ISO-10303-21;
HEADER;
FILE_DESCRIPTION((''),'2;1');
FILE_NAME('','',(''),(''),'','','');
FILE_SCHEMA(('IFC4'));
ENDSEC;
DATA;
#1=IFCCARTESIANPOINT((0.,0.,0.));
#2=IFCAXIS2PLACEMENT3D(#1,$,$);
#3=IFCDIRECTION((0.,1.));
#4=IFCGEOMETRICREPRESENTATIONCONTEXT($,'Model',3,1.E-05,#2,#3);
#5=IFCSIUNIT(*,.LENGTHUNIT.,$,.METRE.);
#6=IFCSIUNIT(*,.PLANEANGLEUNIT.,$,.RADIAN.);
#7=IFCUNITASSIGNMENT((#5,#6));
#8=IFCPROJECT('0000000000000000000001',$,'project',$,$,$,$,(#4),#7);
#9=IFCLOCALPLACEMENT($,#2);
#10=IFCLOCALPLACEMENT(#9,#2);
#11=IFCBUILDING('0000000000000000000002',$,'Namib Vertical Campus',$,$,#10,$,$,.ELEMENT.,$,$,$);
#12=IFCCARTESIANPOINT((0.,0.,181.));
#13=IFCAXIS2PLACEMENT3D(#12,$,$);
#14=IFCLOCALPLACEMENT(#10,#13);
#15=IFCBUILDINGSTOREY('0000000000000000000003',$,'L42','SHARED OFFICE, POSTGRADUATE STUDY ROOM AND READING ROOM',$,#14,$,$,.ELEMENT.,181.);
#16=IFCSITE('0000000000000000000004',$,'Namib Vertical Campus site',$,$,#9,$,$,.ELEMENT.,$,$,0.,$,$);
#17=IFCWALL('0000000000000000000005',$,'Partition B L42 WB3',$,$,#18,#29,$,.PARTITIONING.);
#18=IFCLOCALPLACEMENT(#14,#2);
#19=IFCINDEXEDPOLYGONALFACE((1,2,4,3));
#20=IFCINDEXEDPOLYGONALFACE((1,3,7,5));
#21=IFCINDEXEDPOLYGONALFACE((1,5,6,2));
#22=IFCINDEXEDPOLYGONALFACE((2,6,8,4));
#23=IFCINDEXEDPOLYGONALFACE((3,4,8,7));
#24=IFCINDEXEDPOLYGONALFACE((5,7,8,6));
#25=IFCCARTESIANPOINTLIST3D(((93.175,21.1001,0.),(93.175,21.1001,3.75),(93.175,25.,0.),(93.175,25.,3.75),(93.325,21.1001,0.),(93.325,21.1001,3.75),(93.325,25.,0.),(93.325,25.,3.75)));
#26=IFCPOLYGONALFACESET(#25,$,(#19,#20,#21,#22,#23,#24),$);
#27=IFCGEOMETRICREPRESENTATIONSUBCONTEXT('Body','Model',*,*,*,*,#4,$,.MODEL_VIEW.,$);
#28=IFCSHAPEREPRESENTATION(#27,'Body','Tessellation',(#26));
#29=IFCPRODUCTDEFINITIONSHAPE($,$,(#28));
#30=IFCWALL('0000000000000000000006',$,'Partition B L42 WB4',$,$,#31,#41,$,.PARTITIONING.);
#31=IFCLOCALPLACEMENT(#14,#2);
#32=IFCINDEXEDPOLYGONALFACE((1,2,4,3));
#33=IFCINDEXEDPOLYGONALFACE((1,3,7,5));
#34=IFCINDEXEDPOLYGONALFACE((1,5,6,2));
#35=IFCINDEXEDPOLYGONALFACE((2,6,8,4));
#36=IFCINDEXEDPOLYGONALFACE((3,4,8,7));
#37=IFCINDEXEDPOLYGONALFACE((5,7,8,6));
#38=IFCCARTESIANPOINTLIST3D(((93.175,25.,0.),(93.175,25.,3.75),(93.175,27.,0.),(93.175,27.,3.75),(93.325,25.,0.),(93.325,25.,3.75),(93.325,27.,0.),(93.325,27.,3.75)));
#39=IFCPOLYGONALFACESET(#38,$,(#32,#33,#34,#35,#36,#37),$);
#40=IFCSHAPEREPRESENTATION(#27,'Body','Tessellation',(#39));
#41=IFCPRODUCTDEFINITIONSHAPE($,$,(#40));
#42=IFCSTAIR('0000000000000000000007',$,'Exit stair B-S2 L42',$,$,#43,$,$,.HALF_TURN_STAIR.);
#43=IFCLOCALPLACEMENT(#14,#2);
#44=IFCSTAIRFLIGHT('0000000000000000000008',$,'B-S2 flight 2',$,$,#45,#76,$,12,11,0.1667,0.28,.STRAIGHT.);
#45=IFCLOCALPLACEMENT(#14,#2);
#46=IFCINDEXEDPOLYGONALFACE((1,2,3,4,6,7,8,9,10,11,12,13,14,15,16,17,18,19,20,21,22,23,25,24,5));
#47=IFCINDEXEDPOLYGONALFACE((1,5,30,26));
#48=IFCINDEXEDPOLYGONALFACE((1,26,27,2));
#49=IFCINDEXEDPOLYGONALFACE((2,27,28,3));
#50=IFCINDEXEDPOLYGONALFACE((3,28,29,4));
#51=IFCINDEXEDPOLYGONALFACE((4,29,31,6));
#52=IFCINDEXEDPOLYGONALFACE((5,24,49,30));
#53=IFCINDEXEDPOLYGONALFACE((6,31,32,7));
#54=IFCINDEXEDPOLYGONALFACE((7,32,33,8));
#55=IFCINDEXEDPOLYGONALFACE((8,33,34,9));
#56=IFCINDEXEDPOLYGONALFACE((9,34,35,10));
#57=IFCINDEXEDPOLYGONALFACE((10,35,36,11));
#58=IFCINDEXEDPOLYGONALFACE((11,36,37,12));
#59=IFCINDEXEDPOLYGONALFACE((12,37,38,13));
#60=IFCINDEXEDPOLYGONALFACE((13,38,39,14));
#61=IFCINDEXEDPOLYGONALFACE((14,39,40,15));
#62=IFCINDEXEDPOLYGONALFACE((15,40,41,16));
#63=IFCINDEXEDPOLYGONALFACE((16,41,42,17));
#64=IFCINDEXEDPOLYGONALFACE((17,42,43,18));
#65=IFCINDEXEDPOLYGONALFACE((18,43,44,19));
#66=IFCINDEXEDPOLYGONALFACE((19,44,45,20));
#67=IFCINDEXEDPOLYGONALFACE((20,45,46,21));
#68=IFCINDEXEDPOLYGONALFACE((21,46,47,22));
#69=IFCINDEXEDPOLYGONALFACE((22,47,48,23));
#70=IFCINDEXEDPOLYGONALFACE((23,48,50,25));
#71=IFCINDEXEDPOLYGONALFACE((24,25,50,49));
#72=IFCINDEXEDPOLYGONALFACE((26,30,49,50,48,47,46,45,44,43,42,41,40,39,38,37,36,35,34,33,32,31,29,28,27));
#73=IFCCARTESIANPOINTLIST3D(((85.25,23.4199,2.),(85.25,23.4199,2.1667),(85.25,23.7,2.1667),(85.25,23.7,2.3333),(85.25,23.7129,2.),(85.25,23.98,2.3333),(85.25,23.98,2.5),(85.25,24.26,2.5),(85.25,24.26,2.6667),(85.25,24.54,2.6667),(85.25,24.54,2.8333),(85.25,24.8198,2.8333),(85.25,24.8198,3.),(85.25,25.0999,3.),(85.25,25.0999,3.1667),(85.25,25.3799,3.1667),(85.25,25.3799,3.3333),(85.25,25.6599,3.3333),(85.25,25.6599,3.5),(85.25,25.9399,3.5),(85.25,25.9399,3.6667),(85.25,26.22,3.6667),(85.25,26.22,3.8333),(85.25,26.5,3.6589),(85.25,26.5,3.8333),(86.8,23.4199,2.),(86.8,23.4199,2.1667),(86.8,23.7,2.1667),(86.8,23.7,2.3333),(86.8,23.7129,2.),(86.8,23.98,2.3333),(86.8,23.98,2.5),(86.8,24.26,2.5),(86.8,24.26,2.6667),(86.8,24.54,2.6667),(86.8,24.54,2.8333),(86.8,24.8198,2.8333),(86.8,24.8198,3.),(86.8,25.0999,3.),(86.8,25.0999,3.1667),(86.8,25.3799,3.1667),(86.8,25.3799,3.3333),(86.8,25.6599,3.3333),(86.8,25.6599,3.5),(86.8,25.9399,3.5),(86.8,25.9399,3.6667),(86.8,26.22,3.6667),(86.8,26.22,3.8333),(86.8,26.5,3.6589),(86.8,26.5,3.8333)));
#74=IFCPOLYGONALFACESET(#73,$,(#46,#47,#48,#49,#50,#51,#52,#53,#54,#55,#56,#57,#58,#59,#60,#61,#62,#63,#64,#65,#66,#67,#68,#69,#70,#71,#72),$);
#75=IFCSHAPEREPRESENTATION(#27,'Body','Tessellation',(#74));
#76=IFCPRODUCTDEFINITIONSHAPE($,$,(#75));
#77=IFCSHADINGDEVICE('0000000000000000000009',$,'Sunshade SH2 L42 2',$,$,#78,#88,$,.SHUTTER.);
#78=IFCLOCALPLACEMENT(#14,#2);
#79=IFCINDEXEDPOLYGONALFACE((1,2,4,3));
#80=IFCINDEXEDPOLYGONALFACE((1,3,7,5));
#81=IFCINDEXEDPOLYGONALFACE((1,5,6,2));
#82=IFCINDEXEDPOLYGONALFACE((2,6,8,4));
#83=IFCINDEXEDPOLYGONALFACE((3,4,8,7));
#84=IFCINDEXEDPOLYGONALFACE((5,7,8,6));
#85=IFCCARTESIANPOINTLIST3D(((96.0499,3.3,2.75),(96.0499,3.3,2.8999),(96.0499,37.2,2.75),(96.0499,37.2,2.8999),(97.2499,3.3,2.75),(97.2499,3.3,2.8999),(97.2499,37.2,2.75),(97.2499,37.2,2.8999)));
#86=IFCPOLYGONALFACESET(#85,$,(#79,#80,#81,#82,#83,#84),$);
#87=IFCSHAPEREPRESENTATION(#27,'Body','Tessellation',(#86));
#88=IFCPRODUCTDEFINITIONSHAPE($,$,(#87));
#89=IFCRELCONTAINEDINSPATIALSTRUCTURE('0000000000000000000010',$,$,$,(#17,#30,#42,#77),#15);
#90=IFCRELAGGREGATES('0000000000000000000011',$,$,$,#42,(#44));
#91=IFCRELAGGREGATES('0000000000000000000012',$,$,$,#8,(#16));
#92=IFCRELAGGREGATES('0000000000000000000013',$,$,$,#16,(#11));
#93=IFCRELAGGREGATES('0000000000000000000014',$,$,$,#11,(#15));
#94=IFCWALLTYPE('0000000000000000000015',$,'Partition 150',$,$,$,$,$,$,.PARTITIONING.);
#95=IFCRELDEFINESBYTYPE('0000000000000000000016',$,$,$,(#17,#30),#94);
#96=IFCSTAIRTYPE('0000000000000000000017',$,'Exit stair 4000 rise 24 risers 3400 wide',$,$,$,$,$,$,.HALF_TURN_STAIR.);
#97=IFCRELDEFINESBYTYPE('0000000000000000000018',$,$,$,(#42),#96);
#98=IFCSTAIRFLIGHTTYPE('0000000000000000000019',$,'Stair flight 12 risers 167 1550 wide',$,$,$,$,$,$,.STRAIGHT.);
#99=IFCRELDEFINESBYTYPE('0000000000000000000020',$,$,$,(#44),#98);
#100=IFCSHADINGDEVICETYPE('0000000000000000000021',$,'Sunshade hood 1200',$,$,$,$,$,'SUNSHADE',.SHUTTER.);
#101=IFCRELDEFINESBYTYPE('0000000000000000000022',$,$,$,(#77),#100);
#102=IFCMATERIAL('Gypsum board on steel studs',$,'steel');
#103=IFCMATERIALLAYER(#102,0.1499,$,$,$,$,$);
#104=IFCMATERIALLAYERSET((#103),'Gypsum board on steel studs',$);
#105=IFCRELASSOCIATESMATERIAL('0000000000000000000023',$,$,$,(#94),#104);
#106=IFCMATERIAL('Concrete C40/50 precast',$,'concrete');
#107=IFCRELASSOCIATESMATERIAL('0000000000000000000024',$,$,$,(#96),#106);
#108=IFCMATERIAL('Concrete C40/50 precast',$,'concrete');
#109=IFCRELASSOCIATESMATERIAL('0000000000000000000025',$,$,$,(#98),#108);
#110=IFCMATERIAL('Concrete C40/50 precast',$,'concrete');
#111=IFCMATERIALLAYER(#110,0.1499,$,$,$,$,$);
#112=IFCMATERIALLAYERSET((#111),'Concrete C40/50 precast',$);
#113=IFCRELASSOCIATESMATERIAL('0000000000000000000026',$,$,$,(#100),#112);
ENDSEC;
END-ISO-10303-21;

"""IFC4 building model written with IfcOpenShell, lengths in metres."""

from ifc_helpers import new_model, si_unit, direction, frame, frame_2d, origin, origin_2d, place, context, subcontext, project, spatial, polyline, rectangle, outline, extrude, material, layer, layer_set, type_object, element, aggregate, save


model = new_model("IFC4")

# Units and contexts
model_context = context("Model", 3, precision=1e-05, world=origin(), true_north=direction((0.0, 1.0)))
body_context = subcontext(model_context, "Body", "Model", "MODEL_VIEW")
ifc_project = project(units=[si_unit("LENGTHUNIT", "METRE"), si_unit("PLANEANGLEUNIT", "RADIAN")], contexts=[model_context])

# Site, building, storey
site_placement = place(None, origin())
site = spatial("IfcSite", under=ifc_project, at=site_placement, Name="Namib Vertical Campus site", CompositionType="ELEMENT", RefElevation=0.0)
building_placement = place(site_placement, origin())
building = spatial("IfcBuilding", under=site, at=building_placement, Name="Namib Vertical Campus", CompositionType="ELEMENT")
storey_placement = place(building_placement, frame((0.0, 0.0, 181.0)))
storey = spatial("IfcBuildingStorey", under=building, at=storey_placement, Name="L42", Description="SHARED OFFICE, POSTGRADUATE STUDY ROOM AND READING ROOM", CompositionType="ELEMENT", Elevation=181.0)

# Walls
ifc_material_1 = material(Name="Gypsum board on steel studs", Category="steel")
ifc_layer_1 = layer(ifc_material_1, 0.1499)
ifc_layer_set_1 = layer_set([ifc_layer_1], Name="Gypsum board on steel studs")
wall_type_1 = type_object("IfcWallType", Name="Partition 150", PredefinedType="PARTITIONING", material=ifc_layer_set_1)
wall_1_placement = place(storey_placement, frame((93.25, 21.1001, 0.0), z_axis=(0.0, 0.0, 1.0), x_axis=(0.0, 1.0, 0.0)))
element("IfcWall", 1, at=wall_1_placement, inside=storey, type_object=wall_type_1, Name="Partition B L42 WB3", PredefinedType="PARTITIONING", context=body_context, shape_type="SweptSolid", body=[
    extrude(rectangle(XDim=3.8999, YDim=0.1499, at=frame_2d((1.95, 0.0))), origin(), (0.0, 0.0, 1.0), 3.75),
])
wall_2_placement = place(storey_placement, frame((93.25, 25.0, 0.0), z_axis=(0.0, 0.0, 1.0), x_axis=(0.0, 1.0, 0.0)))
element("IfcWall", 2, at=wall_2_placement, inside=storey, type_object=wall_type_1, Name="Partition B L42 WB4", PredefinedType="PARTITIONING", context=body_context, shape_type="SweptSolid", body=[
    extrude(rectangle(XDim=2.0, YDim=0.1499, at=frame_2d((1.0, 0.0))), origin(), (0.0, 0.0, 1.0), 3.75),
])

# Stair, stair flight
ifc_material_2 = material(Name="Concrete C40/50 precast", Category="concrete")
stair_type = type_object("IfcStairType", Name="Exit stair 4000 rise 24 risers 3400 wide", PredefinedType="HALF_TURN_STAIR", material=ifc_material_2)
stair_placement = place(storey_placement, origin())
stair = element("IfcStair", 3, at=stair_placement, inside=storey, type_object=stair_type, Name="Exit stair B-S2 L42", PredefinedType="HALF_TURN_STAIR")
ifc_material_3 = material(Name="Concrete C40/50 precast", Category="concrete")
stair_flight_type = type_object("IfcStairFlightType", Name="Stair flight 12 risers 167 1550 wide", PredefinedType="STRAIGHT", material=ifc_material_3)
stair_flight_placement = place(storey_placement, frame((86.0249, 23.4199, 2.0), z_axis=(0.0, 0.0, 1.0), x_axis=(0.0, 1.0, 0.0)))
stair_flight = element("IfcStairFlight", 4, at=stair_flight_placement, type_object=stair_flight_type, Name="B-S2 flight 2", NumberOfRisers=12, NumberOfTreads=11, PredefinedType="STRAIGHT", RiserHeight=0.1667, TreadLength=0.28, context=body_context, shape_type="SweptSolid", body=[
    extrude(outline(polyline([(0.0, 0.0), (0.0, 0.1667), (0.28, 0.1667), (0.28, 0.3333), (0.5601, 0.3333), (0.5601, 0.5), (0.8401, 0.5), (0.8401, 0.6667), (1.1201, 0.6667), (1.1201, 0.8333), (1.3999, 0.8333), (1.3999, 1.0), (1.6799, 1.0), (1.6799, 1.1667), (1.96, 1.1667), (1.96, 1.3333), (2.24, 1.3333), (2.24, 1.5), (2.52, 1.5), (2.52, 1.6667), (2.8, 1.6667), (2.8, 1.8333), (3.0801, 1.8333), (3.0801, 2.0), (3.0801, 1.6589), (0.293, 0.0), (0.0, 0.0)])), frame((0.0, 0.7749, 0.0), z_axis=(0.0, -1.0, 0.0), x_axis=(1.0, 0.0, 0.0)), (0.0, 0.0, 1.0), 1.55),
])
aggregate(stair, [stair_flight])

# Shading device
ifc_material_4 = material(Name="Concrete C40/50 precast", Category="concrete")
ifc_layer_2 = layer(ifc_material_4, 0.1499)
ifc_layer_set_2 = layer_set([ifc_layer_2], Name="Concrete C40/50 precast")
shading_device_type = type_object("IfcShadingDeviceType", Name="Sunshade hood 1200", ElementType="SUNSHADE", PredefinedType="SHUTTER", material=ifc_layer_set_2)
shading_device_placement = place(storey_placement, frame((96.6499, 20.25, 2.75), z_axis=(0.0, 0.0, 1.0), x_axis=(0.0, 1.0, 0.0)))
element("IfcShadingDevice", 5, at=shading_device_placement, inside=storey, type_object=shading_device_type, Name="Sunshade SH2 L42 2", PredefinedType="SHUTTER", context=body_context, shape_type="SweptSolid", body=[
    extrude(rectangle(XDim=33.8999, YDim=1.2, at=origin_2d()), origin(), (0.0, 0.0, 1.0), 0.1499),
])

save(model, "model.ifc")
